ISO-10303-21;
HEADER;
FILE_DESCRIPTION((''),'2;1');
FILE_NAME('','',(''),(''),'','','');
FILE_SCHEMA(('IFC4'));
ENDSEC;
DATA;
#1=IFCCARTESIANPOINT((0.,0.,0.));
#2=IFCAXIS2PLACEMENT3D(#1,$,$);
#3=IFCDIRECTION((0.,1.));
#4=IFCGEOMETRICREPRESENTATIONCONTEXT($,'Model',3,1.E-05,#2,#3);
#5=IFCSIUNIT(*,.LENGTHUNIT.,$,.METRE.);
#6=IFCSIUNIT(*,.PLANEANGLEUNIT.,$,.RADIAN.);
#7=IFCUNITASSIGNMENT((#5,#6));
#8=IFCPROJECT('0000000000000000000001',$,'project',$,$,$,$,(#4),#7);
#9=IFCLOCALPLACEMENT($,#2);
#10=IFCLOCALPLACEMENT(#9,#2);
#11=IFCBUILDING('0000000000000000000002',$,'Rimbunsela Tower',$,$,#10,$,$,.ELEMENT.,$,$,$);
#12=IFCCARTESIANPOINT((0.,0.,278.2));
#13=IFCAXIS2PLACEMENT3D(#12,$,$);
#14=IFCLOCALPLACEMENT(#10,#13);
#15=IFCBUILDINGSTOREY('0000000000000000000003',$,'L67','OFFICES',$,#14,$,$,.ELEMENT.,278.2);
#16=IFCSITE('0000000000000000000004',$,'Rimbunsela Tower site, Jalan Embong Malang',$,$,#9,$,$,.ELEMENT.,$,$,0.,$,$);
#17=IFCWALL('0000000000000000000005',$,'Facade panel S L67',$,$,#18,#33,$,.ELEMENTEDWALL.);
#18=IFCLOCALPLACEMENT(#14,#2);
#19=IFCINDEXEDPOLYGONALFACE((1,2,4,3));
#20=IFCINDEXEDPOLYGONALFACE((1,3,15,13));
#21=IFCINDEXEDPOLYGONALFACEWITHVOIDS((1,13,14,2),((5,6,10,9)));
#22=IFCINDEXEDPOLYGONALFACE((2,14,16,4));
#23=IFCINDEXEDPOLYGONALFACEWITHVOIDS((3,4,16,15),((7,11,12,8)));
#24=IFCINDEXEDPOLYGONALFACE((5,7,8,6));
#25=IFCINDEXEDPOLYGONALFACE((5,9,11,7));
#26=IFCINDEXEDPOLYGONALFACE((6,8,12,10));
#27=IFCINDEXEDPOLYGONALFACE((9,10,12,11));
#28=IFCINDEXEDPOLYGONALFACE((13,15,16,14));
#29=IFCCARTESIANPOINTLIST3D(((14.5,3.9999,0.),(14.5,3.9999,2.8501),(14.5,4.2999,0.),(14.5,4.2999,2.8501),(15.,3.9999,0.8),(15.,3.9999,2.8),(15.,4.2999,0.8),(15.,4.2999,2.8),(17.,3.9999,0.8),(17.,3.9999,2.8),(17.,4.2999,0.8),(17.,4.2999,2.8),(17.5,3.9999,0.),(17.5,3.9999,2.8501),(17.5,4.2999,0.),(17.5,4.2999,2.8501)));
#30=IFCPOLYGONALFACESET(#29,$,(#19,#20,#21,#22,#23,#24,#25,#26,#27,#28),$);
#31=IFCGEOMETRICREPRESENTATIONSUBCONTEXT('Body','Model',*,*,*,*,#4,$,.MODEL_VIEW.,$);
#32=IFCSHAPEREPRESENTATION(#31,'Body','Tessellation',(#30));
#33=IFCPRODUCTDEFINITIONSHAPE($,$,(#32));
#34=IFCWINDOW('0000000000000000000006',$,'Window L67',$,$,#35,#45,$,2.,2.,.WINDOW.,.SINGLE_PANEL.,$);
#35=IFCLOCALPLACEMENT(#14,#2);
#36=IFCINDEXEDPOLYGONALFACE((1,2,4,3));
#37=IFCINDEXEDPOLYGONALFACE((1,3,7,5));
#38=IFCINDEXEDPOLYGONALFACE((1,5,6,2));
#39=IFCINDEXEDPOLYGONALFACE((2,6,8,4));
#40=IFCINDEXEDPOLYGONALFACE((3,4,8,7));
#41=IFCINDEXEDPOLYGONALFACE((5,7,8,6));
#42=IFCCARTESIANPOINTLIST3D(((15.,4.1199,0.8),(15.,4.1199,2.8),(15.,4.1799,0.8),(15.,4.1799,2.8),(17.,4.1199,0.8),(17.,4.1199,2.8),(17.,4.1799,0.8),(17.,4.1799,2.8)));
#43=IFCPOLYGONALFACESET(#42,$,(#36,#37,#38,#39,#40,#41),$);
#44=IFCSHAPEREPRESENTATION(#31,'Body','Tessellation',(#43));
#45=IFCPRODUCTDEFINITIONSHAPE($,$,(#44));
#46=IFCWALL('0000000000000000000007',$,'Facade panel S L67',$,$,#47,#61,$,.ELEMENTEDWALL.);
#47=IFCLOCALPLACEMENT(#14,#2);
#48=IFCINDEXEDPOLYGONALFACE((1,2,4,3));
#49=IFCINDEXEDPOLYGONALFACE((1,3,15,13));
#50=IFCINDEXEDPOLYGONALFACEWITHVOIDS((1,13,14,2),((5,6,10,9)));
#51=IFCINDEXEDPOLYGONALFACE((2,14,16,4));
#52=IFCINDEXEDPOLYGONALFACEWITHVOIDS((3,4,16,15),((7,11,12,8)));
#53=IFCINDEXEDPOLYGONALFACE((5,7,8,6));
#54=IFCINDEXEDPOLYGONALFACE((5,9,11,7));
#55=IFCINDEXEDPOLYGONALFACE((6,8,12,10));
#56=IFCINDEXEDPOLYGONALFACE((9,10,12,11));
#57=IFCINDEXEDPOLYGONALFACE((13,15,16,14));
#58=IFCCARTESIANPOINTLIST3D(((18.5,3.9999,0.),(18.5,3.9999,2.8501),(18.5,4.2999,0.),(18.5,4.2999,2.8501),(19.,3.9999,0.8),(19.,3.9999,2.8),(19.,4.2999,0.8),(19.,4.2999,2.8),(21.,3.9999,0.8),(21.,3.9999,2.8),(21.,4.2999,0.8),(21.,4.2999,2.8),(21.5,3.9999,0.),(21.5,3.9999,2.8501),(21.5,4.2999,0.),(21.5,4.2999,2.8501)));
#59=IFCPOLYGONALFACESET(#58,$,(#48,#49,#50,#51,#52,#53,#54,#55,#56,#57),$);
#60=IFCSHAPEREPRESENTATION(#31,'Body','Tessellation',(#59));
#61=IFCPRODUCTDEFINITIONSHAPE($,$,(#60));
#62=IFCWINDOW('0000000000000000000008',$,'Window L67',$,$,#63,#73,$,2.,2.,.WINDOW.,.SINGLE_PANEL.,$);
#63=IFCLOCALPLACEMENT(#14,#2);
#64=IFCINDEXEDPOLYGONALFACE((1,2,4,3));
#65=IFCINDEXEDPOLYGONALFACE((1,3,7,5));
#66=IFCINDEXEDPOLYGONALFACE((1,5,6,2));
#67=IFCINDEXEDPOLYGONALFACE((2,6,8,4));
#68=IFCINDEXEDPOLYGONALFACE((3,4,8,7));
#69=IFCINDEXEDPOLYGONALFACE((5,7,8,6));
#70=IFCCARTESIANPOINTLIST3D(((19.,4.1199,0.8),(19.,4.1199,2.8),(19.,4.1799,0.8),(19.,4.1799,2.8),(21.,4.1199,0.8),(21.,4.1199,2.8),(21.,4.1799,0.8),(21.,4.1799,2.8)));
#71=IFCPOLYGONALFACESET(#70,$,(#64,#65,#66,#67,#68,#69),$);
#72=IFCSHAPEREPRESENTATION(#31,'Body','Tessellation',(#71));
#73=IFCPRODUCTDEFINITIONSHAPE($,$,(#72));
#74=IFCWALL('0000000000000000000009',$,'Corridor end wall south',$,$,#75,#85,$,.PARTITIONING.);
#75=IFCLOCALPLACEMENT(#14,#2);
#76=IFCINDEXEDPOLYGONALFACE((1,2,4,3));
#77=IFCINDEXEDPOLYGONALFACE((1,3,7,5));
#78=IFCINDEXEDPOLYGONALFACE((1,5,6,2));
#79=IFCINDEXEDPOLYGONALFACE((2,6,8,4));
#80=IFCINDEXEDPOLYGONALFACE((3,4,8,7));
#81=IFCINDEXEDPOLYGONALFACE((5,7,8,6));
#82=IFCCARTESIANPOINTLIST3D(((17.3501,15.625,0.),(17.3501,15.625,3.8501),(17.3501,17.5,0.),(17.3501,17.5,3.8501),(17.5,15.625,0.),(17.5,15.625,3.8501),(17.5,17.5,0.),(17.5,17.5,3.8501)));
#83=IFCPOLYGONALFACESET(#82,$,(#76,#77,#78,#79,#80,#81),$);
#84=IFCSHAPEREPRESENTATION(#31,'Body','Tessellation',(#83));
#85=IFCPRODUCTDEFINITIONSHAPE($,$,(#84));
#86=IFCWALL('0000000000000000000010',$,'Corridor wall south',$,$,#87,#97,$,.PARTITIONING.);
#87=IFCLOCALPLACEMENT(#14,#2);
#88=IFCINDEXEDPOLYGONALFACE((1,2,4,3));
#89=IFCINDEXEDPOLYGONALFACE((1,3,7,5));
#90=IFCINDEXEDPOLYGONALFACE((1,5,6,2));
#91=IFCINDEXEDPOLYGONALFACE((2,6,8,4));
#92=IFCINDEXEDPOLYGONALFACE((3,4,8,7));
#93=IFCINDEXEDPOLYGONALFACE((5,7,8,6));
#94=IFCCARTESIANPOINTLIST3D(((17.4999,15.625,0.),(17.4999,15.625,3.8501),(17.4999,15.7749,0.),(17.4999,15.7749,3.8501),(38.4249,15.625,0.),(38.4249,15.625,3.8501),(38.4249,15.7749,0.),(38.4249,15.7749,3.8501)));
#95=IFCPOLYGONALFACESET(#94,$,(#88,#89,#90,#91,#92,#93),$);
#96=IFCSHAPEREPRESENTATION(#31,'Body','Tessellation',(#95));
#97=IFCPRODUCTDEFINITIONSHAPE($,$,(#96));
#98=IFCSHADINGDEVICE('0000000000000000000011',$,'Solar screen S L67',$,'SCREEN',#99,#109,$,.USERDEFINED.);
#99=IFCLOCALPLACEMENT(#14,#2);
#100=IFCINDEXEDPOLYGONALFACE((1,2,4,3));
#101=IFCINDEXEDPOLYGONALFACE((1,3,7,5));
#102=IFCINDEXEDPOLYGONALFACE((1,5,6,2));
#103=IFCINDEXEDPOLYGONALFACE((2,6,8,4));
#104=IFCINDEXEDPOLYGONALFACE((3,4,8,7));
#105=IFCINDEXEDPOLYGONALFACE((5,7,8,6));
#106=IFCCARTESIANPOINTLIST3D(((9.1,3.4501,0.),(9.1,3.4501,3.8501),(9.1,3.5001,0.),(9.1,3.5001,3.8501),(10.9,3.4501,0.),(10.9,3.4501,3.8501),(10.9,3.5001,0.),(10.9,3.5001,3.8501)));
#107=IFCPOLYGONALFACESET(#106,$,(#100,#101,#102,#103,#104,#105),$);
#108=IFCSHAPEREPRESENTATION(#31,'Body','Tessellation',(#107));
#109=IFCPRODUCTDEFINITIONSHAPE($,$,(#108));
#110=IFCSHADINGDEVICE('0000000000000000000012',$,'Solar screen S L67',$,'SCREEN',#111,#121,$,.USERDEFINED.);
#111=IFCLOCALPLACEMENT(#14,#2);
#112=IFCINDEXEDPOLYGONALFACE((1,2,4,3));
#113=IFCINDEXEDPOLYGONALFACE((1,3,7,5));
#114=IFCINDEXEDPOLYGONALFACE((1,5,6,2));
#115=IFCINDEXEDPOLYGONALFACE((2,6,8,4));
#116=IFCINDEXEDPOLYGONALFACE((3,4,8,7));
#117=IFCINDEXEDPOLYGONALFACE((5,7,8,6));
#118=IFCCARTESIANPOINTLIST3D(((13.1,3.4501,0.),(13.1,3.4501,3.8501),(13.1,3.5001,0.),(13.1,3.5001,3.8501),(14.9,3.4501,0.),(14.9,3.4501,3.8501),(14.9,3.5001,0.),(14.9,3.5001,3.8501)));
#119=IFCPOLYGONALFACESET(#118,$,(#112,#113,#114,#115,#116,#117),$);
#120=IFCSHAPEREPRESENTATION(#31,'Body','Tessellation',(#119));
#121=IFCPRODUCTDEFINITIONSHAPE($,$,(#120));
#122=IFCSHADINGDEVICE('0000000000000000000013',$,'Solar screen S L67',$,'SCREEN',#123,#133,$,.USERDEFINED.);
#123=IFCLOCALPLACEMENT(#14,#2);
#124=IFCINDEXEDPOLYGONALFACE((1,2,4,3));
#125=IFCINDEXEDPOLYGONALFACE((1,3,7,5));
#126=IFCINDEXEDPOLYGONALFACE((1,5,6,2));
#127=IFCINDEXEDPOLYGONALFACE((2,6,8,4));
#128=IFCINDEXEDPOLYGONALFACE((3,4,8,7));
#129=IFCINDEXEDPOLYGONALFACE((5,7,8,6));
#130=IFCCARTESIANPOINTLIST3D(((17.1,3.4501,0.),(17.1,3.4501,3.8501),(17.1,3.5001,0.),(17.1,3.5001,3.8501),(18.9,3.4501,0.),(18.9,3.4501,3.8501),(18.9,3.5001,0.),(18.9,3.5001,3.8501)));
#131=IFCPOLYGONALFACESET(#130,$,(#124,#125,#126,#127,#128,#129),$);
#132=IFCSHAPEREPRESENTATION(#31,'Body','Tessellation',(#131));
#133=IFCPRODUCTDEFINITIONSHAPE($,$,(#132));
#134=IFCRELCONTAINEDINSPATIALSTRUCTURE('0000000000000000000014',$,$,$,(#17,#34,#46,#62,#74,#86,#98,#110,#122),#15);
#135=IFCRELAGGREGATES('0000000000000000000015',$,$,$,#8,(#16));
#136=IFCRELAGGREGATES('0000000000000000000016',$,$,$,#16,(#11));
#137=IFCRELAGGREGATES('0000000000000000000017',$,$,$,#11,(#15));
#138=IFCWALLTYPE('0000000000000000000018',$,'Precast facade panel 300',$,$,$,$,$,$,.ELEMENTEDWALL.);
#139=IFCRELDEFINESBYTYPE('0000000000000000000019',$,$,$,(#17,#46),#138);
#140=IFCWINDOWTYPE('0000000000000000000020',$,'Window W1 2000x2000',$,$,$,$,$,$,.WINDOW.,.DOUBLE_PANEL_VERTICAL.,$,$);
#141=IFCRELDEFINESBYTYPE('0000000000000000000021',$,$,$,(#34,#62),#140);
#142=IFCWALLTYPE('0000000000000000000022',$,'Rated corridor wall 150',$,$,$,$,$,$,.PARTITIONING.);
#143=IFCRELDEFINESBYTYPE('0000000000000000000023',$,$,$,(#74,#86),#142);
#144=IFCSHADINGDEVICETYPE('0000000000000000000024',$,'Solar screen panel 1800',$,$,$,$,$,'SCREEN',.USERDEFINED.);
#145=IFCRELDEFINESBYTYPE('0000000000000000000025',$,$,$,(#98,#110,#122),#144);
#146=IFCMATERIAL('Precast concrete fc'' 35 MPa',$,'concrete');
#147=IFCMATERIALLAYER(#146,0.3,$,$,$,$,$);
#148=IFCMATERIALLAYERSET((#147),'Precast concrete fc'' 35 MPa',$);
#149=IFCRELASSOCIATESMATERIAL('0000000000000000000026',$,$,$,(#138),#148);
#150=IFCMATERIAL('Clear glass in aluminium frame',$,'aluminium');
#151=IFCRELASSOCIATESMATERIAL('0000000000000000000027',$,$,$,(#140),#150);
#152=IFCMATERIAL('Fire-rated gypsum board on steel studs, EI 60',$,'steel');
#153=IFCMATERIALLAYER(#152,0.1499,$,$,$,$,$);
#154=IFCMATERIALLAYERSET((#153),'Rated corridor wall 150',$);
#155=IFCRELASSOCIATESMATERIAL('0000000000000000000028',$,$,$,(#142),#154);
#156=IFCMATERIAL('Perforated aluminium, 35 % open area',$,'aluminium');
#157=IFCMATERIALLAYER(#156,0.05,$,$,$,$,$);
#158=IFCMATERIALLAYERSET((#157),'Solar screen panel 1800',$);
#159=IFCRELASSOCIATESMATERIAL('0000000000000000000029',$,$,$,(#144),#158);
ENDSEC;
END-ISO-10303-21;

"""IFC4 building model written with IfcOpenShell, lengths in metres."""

from ifc_helpers import new_model, si_unit, direction, frame, frame_2d, origin, origin_2d, place, context, subcontext, project, spatial, rectangle, extrude, material, layer, layer_set, type_object, element, fill, save


model = new_model("IFC4")

# Units and contexts
model_context = context("Model", 3, precision=1e-05, world=origin(), true_north=direction((0.0, 1.0)))
body_context = subcontext(model_context, "Body", "Model", "MODEL_VIEW")
ifc_project = project(units=[si_unit("LENGTHUNIT", "METRE"), si_unit("PLANEANGLEUNIT", "RADIAN")], contexts=[model_context])

# Site, building, storey
site_placement = place(None, origin())
site = spatial("IfcSite", under=ifc_project, at=site_placement, Name="Rimbunsela Tower site, Jalan Embong Malang", CompositionType="ELEMENT", RefElevation=0.0)
building_placement = place(site_placement, origin())
building = spatial("IfcBuilding", under=site, at=building_placement, Name="Rimbunsela Tower", CompositionType="ELEMENT")
storey_placement = place(building_placement, frame((0.0, 0.0, 278.2)))
storey = spatial("IfcBuildingStorey", under=building, at=storey_placement, Name="L67", Description="OFFICES", CompositionType="ELEMENT", Elevation=278.2)

# Shared definitions
ifc_material_1 = material(Name="Precast concrete fc' 35 MPa", Category="concrete")
ifc_layer_1 = layer(ifc_material_1, 0.3)
ifc_layer_set_1 = layer_set([ifc_layer_1], Name="Precast concrete fc' 35 MPa")
wall_type_1 = type_object("IfcWallType", Name="Precast facade panel 300", PredefinedType="ELEMENTEDWALL", material=ifc_layer_set_1)

# Walls, openings, windows
ifc_material_2 = material(Name="Clear glass in aluminium frame", Category="aluminium")
window_type = type_object("IfcWindowType", Name="Window W1 2000x2000", PartitioningType="DOUBLE_PANEL_VERTICAL", PredefinedType="WINDOW", material=ifc_material_2)
wall_1_placement = place(storey_placement, frame((14.5, 4.1499, 0.0), z_axis=(0.0, 0.0, 1.0), x_axis=(1.0, 0.0, 0.0)))
wall_1 = element("IfcWall", 1, at=wall_1_placement, inside=storey, type_object=wall_type_1, Name="Facade panel S L67", PredefinedType="ELEMENTEDWALL", context=body_context, shape_type="SweptSolid", body=[
    extrude(rectangle(XDim=3.0, YDim=0.3, at=frame_2d((1.5, 0.0))), origin(), (0.0, 0.0, 1.0), 2.8501),
])
opening_1_placement = place(wall_1_placement, frame((0.5, 0.0, 0.8)))
opening_1 = element("IfcOpeningElement", 2, at=opening_1_placement, cuts=wall_1, PredefinedType="OPENING", context=body_context, shape_type="SweptSolid", body=[
    extrude(rectangle(XDim=2.0, YDim=2.0, at=frame_2d((1.0, 1.0))), frame((0.0, 0.1599, 0.0), z_axis=(0.0, -1.0, 0.0), x_axis=(1.0, 0.0, 0.0)), (0.0, 0.0, 1.0), 0.3201),
])
window_1_placement = place(opening_1_placement, origin())
window_1 = element("IfcWindow", 3, at=window_1_placement, inside=storey, type_object=window_type, Name="Window L67", OverallHeight=2.0, OverallWidth=2.0, PartitioningType="SINGLE_PANEL", PredefinedType="WINDOW", context=body_context, shape_type="SweptSolid", body=[
    extrude(rectangle(XDim=2.0, YDim=2.0, at=frame_2d((1.0, 1.0))), frame((0.0, 0.03, 0.0), z_axis=(0.0, -1.0, 0.0), x_axis=(1.0, 0.0, 0.0)), (0.0, 0.0, 1.0), 0.0601),
])
fill(opening_1, window_1)
wall_2_placement = place(storey_placement, frame((18.5, 4.1499, 0.0), z_axis=(0.0, 0.0, 1.0), x_axis=(1.0, 0.0, 0.0)))
wall_2 = element("IfcWall", 4, at=wall_2_placement, inside=storey, type_object=wall_type_1, Name="Facade panel S L67", PredefinedType="ELEMENTEDWALL", context=body_context, shape_type="SweptSolid", body=[
    extrude(rectangle(XDim=3.0, YDim=0.3, at=frame_2d((1.5, 0.0))), origin(), (0.0, 0.0, 1.0), 2.8501),
])
opening_2_placement = place(wall_2_placement, frame((0.5, 0.0, 0.8)))
opening_2 = element("IfcOpeningElement", 5, at=opening_2_placement, cuts=wall_2, PredefinedType="OPENING", context=body_context, shape_type="SweptSolid", body=[
    extrude(rectangle(XDim=2.0, YDim=2.0, at=frame_2d((1.0, 1.0))), frame((0.0, 0.1599, 0.0), z_axis=(0.0, -1.0, 0.0), x_axis=(1.0, 0.0, 0.0)), (0.0, 0.0, 1.0), 0.3201),
])
window_2_placement = place(opening_2_placement, origin())
window_2 = element("IfcWindow", 6, at=window_2_placement, inside=storey, type_object=window_type, Name="Window L67", OverallHeight=2.0, OverallWidth=2.0, PartitioningType="SINGLE_PANEL", PredefinedType="WINDOW", context=body_context, shape_type="SweptSolid", body=[
    extrude(rectangle(XDim=2.0, YDim=2.0, at=frame_2d((1.0, 1.0))), frame((0.0, 0.03, 0.0), z_axis=(0.0, -1.0, 0.0), x_axis=(1.0, 0.0, 0.0)), (0.0, 0.0, 1.0), 0.0601),
])
fill(opening_2, window_2)

# Walls
ifc_material_3 = material(Name="Fire-rated gypsum board on steel studs, EI 60", Category="steel")
ifc_layer_2 = layer(ifc_material_3, 0.1499)
ifc_layer_set_2 = layer_set([ifc_layer_2], Name="Rated corridor wall 150")
wall_type_2 = type_object("IfcWallType", Name="Rated corridor wall 150", PredefinedType="PARTITIONING", material=ifc_layer_set_2)
wall_3_placement = place(storey_placement, frame((17.425, 15.625, 0.0), z_axis=(0.0, 0.0, 1.0), x_axis=(0.0, 1.0, 0.0)))
element("IfcWall", 7, at=wall_3_placement, inside=storey, type_object=wall_type_2, Name="Corridor end wall south", PredefinedType="PARTITIONING", context=body_context, shape_type="SweptSolid", body=[
    extrude(rectangle(XDim=1.875, YDim=0.1499, at=frame_2d((0.9375, 0.0))), origin(), (0.0, 0.0, 1.0), 3.8501),
])
wall_4_placement = place(storey_placement, frame((17.5, 15.7, 0.0), z_axis=(0.0, 0.0, 1.0), x_axis=(1.0, 0.0, 0.0)))
element("IfcWall", 8, at=wall_4_placement, inside=storey, type_object=wall_type_2, Name="Corridor wall south", PredefinedType="PARTITIONING", context=body_context, shape_type="SweptSolid", body=[
    extrude(rectangle(XDim=20.925, YDim=0.1499, at=frame_2d((10.4624, 0.0))), origin(), (0.0, 0.0, 1.0), 3.8501),
])

# Shading devices
ifc_material_4 = material(Name="Perforated aluminium, 35 % open area", Category="aluminium")
ifc_layer_3 = layer(ifc_material_4, 0.05)
ifc_layer_set_3 = layer_set([ifc_layer_3], Name="Solar screen panel 1800")
shading_device_type = type_object("IfcShadingDeviceType", Name="Solar screen panel 1800", ElementType="SCREEN", PredefinedType="USERDEFINED", material=ifc_layer_set_3)
for number, where, z_axis, x_axis, name in (
    (9, (10.0, 3.4751, 0.0), (0.0, 0.0, 1.0), (1.0, 0.0, 0.0), "Solar screen S L67"),
    (10, (14.0, 3.4751, 0.0), (0.0, 0.0, 1.0), (1.0, 0.0, 0.0), "Solar screen S L67"),
    (11, (18.0, 3.4751, 0.0), (0.0, 0.0, 1.0), (1.0, 0.0, 0.0), "Solar screen S L67"),
):
    element("IfcShadingDevice", number, at=place(storey_placement, frame(where, z_axis=z_axis, x_axis=x_axis)), inside=storey, type_object=shading_device_type, Name=name, ObjectType="SCREEN", PredefinedType="USERDEFINED", context=body_context, shape_type="SweptSolid", body=[
        extrude(rectangle(XDim=1.8, YDim=0.05, at=origin_2d()), origin(), (0.0, 0.0, 1.0), 3.8501),
    ])

save(model, "model.ifc")
